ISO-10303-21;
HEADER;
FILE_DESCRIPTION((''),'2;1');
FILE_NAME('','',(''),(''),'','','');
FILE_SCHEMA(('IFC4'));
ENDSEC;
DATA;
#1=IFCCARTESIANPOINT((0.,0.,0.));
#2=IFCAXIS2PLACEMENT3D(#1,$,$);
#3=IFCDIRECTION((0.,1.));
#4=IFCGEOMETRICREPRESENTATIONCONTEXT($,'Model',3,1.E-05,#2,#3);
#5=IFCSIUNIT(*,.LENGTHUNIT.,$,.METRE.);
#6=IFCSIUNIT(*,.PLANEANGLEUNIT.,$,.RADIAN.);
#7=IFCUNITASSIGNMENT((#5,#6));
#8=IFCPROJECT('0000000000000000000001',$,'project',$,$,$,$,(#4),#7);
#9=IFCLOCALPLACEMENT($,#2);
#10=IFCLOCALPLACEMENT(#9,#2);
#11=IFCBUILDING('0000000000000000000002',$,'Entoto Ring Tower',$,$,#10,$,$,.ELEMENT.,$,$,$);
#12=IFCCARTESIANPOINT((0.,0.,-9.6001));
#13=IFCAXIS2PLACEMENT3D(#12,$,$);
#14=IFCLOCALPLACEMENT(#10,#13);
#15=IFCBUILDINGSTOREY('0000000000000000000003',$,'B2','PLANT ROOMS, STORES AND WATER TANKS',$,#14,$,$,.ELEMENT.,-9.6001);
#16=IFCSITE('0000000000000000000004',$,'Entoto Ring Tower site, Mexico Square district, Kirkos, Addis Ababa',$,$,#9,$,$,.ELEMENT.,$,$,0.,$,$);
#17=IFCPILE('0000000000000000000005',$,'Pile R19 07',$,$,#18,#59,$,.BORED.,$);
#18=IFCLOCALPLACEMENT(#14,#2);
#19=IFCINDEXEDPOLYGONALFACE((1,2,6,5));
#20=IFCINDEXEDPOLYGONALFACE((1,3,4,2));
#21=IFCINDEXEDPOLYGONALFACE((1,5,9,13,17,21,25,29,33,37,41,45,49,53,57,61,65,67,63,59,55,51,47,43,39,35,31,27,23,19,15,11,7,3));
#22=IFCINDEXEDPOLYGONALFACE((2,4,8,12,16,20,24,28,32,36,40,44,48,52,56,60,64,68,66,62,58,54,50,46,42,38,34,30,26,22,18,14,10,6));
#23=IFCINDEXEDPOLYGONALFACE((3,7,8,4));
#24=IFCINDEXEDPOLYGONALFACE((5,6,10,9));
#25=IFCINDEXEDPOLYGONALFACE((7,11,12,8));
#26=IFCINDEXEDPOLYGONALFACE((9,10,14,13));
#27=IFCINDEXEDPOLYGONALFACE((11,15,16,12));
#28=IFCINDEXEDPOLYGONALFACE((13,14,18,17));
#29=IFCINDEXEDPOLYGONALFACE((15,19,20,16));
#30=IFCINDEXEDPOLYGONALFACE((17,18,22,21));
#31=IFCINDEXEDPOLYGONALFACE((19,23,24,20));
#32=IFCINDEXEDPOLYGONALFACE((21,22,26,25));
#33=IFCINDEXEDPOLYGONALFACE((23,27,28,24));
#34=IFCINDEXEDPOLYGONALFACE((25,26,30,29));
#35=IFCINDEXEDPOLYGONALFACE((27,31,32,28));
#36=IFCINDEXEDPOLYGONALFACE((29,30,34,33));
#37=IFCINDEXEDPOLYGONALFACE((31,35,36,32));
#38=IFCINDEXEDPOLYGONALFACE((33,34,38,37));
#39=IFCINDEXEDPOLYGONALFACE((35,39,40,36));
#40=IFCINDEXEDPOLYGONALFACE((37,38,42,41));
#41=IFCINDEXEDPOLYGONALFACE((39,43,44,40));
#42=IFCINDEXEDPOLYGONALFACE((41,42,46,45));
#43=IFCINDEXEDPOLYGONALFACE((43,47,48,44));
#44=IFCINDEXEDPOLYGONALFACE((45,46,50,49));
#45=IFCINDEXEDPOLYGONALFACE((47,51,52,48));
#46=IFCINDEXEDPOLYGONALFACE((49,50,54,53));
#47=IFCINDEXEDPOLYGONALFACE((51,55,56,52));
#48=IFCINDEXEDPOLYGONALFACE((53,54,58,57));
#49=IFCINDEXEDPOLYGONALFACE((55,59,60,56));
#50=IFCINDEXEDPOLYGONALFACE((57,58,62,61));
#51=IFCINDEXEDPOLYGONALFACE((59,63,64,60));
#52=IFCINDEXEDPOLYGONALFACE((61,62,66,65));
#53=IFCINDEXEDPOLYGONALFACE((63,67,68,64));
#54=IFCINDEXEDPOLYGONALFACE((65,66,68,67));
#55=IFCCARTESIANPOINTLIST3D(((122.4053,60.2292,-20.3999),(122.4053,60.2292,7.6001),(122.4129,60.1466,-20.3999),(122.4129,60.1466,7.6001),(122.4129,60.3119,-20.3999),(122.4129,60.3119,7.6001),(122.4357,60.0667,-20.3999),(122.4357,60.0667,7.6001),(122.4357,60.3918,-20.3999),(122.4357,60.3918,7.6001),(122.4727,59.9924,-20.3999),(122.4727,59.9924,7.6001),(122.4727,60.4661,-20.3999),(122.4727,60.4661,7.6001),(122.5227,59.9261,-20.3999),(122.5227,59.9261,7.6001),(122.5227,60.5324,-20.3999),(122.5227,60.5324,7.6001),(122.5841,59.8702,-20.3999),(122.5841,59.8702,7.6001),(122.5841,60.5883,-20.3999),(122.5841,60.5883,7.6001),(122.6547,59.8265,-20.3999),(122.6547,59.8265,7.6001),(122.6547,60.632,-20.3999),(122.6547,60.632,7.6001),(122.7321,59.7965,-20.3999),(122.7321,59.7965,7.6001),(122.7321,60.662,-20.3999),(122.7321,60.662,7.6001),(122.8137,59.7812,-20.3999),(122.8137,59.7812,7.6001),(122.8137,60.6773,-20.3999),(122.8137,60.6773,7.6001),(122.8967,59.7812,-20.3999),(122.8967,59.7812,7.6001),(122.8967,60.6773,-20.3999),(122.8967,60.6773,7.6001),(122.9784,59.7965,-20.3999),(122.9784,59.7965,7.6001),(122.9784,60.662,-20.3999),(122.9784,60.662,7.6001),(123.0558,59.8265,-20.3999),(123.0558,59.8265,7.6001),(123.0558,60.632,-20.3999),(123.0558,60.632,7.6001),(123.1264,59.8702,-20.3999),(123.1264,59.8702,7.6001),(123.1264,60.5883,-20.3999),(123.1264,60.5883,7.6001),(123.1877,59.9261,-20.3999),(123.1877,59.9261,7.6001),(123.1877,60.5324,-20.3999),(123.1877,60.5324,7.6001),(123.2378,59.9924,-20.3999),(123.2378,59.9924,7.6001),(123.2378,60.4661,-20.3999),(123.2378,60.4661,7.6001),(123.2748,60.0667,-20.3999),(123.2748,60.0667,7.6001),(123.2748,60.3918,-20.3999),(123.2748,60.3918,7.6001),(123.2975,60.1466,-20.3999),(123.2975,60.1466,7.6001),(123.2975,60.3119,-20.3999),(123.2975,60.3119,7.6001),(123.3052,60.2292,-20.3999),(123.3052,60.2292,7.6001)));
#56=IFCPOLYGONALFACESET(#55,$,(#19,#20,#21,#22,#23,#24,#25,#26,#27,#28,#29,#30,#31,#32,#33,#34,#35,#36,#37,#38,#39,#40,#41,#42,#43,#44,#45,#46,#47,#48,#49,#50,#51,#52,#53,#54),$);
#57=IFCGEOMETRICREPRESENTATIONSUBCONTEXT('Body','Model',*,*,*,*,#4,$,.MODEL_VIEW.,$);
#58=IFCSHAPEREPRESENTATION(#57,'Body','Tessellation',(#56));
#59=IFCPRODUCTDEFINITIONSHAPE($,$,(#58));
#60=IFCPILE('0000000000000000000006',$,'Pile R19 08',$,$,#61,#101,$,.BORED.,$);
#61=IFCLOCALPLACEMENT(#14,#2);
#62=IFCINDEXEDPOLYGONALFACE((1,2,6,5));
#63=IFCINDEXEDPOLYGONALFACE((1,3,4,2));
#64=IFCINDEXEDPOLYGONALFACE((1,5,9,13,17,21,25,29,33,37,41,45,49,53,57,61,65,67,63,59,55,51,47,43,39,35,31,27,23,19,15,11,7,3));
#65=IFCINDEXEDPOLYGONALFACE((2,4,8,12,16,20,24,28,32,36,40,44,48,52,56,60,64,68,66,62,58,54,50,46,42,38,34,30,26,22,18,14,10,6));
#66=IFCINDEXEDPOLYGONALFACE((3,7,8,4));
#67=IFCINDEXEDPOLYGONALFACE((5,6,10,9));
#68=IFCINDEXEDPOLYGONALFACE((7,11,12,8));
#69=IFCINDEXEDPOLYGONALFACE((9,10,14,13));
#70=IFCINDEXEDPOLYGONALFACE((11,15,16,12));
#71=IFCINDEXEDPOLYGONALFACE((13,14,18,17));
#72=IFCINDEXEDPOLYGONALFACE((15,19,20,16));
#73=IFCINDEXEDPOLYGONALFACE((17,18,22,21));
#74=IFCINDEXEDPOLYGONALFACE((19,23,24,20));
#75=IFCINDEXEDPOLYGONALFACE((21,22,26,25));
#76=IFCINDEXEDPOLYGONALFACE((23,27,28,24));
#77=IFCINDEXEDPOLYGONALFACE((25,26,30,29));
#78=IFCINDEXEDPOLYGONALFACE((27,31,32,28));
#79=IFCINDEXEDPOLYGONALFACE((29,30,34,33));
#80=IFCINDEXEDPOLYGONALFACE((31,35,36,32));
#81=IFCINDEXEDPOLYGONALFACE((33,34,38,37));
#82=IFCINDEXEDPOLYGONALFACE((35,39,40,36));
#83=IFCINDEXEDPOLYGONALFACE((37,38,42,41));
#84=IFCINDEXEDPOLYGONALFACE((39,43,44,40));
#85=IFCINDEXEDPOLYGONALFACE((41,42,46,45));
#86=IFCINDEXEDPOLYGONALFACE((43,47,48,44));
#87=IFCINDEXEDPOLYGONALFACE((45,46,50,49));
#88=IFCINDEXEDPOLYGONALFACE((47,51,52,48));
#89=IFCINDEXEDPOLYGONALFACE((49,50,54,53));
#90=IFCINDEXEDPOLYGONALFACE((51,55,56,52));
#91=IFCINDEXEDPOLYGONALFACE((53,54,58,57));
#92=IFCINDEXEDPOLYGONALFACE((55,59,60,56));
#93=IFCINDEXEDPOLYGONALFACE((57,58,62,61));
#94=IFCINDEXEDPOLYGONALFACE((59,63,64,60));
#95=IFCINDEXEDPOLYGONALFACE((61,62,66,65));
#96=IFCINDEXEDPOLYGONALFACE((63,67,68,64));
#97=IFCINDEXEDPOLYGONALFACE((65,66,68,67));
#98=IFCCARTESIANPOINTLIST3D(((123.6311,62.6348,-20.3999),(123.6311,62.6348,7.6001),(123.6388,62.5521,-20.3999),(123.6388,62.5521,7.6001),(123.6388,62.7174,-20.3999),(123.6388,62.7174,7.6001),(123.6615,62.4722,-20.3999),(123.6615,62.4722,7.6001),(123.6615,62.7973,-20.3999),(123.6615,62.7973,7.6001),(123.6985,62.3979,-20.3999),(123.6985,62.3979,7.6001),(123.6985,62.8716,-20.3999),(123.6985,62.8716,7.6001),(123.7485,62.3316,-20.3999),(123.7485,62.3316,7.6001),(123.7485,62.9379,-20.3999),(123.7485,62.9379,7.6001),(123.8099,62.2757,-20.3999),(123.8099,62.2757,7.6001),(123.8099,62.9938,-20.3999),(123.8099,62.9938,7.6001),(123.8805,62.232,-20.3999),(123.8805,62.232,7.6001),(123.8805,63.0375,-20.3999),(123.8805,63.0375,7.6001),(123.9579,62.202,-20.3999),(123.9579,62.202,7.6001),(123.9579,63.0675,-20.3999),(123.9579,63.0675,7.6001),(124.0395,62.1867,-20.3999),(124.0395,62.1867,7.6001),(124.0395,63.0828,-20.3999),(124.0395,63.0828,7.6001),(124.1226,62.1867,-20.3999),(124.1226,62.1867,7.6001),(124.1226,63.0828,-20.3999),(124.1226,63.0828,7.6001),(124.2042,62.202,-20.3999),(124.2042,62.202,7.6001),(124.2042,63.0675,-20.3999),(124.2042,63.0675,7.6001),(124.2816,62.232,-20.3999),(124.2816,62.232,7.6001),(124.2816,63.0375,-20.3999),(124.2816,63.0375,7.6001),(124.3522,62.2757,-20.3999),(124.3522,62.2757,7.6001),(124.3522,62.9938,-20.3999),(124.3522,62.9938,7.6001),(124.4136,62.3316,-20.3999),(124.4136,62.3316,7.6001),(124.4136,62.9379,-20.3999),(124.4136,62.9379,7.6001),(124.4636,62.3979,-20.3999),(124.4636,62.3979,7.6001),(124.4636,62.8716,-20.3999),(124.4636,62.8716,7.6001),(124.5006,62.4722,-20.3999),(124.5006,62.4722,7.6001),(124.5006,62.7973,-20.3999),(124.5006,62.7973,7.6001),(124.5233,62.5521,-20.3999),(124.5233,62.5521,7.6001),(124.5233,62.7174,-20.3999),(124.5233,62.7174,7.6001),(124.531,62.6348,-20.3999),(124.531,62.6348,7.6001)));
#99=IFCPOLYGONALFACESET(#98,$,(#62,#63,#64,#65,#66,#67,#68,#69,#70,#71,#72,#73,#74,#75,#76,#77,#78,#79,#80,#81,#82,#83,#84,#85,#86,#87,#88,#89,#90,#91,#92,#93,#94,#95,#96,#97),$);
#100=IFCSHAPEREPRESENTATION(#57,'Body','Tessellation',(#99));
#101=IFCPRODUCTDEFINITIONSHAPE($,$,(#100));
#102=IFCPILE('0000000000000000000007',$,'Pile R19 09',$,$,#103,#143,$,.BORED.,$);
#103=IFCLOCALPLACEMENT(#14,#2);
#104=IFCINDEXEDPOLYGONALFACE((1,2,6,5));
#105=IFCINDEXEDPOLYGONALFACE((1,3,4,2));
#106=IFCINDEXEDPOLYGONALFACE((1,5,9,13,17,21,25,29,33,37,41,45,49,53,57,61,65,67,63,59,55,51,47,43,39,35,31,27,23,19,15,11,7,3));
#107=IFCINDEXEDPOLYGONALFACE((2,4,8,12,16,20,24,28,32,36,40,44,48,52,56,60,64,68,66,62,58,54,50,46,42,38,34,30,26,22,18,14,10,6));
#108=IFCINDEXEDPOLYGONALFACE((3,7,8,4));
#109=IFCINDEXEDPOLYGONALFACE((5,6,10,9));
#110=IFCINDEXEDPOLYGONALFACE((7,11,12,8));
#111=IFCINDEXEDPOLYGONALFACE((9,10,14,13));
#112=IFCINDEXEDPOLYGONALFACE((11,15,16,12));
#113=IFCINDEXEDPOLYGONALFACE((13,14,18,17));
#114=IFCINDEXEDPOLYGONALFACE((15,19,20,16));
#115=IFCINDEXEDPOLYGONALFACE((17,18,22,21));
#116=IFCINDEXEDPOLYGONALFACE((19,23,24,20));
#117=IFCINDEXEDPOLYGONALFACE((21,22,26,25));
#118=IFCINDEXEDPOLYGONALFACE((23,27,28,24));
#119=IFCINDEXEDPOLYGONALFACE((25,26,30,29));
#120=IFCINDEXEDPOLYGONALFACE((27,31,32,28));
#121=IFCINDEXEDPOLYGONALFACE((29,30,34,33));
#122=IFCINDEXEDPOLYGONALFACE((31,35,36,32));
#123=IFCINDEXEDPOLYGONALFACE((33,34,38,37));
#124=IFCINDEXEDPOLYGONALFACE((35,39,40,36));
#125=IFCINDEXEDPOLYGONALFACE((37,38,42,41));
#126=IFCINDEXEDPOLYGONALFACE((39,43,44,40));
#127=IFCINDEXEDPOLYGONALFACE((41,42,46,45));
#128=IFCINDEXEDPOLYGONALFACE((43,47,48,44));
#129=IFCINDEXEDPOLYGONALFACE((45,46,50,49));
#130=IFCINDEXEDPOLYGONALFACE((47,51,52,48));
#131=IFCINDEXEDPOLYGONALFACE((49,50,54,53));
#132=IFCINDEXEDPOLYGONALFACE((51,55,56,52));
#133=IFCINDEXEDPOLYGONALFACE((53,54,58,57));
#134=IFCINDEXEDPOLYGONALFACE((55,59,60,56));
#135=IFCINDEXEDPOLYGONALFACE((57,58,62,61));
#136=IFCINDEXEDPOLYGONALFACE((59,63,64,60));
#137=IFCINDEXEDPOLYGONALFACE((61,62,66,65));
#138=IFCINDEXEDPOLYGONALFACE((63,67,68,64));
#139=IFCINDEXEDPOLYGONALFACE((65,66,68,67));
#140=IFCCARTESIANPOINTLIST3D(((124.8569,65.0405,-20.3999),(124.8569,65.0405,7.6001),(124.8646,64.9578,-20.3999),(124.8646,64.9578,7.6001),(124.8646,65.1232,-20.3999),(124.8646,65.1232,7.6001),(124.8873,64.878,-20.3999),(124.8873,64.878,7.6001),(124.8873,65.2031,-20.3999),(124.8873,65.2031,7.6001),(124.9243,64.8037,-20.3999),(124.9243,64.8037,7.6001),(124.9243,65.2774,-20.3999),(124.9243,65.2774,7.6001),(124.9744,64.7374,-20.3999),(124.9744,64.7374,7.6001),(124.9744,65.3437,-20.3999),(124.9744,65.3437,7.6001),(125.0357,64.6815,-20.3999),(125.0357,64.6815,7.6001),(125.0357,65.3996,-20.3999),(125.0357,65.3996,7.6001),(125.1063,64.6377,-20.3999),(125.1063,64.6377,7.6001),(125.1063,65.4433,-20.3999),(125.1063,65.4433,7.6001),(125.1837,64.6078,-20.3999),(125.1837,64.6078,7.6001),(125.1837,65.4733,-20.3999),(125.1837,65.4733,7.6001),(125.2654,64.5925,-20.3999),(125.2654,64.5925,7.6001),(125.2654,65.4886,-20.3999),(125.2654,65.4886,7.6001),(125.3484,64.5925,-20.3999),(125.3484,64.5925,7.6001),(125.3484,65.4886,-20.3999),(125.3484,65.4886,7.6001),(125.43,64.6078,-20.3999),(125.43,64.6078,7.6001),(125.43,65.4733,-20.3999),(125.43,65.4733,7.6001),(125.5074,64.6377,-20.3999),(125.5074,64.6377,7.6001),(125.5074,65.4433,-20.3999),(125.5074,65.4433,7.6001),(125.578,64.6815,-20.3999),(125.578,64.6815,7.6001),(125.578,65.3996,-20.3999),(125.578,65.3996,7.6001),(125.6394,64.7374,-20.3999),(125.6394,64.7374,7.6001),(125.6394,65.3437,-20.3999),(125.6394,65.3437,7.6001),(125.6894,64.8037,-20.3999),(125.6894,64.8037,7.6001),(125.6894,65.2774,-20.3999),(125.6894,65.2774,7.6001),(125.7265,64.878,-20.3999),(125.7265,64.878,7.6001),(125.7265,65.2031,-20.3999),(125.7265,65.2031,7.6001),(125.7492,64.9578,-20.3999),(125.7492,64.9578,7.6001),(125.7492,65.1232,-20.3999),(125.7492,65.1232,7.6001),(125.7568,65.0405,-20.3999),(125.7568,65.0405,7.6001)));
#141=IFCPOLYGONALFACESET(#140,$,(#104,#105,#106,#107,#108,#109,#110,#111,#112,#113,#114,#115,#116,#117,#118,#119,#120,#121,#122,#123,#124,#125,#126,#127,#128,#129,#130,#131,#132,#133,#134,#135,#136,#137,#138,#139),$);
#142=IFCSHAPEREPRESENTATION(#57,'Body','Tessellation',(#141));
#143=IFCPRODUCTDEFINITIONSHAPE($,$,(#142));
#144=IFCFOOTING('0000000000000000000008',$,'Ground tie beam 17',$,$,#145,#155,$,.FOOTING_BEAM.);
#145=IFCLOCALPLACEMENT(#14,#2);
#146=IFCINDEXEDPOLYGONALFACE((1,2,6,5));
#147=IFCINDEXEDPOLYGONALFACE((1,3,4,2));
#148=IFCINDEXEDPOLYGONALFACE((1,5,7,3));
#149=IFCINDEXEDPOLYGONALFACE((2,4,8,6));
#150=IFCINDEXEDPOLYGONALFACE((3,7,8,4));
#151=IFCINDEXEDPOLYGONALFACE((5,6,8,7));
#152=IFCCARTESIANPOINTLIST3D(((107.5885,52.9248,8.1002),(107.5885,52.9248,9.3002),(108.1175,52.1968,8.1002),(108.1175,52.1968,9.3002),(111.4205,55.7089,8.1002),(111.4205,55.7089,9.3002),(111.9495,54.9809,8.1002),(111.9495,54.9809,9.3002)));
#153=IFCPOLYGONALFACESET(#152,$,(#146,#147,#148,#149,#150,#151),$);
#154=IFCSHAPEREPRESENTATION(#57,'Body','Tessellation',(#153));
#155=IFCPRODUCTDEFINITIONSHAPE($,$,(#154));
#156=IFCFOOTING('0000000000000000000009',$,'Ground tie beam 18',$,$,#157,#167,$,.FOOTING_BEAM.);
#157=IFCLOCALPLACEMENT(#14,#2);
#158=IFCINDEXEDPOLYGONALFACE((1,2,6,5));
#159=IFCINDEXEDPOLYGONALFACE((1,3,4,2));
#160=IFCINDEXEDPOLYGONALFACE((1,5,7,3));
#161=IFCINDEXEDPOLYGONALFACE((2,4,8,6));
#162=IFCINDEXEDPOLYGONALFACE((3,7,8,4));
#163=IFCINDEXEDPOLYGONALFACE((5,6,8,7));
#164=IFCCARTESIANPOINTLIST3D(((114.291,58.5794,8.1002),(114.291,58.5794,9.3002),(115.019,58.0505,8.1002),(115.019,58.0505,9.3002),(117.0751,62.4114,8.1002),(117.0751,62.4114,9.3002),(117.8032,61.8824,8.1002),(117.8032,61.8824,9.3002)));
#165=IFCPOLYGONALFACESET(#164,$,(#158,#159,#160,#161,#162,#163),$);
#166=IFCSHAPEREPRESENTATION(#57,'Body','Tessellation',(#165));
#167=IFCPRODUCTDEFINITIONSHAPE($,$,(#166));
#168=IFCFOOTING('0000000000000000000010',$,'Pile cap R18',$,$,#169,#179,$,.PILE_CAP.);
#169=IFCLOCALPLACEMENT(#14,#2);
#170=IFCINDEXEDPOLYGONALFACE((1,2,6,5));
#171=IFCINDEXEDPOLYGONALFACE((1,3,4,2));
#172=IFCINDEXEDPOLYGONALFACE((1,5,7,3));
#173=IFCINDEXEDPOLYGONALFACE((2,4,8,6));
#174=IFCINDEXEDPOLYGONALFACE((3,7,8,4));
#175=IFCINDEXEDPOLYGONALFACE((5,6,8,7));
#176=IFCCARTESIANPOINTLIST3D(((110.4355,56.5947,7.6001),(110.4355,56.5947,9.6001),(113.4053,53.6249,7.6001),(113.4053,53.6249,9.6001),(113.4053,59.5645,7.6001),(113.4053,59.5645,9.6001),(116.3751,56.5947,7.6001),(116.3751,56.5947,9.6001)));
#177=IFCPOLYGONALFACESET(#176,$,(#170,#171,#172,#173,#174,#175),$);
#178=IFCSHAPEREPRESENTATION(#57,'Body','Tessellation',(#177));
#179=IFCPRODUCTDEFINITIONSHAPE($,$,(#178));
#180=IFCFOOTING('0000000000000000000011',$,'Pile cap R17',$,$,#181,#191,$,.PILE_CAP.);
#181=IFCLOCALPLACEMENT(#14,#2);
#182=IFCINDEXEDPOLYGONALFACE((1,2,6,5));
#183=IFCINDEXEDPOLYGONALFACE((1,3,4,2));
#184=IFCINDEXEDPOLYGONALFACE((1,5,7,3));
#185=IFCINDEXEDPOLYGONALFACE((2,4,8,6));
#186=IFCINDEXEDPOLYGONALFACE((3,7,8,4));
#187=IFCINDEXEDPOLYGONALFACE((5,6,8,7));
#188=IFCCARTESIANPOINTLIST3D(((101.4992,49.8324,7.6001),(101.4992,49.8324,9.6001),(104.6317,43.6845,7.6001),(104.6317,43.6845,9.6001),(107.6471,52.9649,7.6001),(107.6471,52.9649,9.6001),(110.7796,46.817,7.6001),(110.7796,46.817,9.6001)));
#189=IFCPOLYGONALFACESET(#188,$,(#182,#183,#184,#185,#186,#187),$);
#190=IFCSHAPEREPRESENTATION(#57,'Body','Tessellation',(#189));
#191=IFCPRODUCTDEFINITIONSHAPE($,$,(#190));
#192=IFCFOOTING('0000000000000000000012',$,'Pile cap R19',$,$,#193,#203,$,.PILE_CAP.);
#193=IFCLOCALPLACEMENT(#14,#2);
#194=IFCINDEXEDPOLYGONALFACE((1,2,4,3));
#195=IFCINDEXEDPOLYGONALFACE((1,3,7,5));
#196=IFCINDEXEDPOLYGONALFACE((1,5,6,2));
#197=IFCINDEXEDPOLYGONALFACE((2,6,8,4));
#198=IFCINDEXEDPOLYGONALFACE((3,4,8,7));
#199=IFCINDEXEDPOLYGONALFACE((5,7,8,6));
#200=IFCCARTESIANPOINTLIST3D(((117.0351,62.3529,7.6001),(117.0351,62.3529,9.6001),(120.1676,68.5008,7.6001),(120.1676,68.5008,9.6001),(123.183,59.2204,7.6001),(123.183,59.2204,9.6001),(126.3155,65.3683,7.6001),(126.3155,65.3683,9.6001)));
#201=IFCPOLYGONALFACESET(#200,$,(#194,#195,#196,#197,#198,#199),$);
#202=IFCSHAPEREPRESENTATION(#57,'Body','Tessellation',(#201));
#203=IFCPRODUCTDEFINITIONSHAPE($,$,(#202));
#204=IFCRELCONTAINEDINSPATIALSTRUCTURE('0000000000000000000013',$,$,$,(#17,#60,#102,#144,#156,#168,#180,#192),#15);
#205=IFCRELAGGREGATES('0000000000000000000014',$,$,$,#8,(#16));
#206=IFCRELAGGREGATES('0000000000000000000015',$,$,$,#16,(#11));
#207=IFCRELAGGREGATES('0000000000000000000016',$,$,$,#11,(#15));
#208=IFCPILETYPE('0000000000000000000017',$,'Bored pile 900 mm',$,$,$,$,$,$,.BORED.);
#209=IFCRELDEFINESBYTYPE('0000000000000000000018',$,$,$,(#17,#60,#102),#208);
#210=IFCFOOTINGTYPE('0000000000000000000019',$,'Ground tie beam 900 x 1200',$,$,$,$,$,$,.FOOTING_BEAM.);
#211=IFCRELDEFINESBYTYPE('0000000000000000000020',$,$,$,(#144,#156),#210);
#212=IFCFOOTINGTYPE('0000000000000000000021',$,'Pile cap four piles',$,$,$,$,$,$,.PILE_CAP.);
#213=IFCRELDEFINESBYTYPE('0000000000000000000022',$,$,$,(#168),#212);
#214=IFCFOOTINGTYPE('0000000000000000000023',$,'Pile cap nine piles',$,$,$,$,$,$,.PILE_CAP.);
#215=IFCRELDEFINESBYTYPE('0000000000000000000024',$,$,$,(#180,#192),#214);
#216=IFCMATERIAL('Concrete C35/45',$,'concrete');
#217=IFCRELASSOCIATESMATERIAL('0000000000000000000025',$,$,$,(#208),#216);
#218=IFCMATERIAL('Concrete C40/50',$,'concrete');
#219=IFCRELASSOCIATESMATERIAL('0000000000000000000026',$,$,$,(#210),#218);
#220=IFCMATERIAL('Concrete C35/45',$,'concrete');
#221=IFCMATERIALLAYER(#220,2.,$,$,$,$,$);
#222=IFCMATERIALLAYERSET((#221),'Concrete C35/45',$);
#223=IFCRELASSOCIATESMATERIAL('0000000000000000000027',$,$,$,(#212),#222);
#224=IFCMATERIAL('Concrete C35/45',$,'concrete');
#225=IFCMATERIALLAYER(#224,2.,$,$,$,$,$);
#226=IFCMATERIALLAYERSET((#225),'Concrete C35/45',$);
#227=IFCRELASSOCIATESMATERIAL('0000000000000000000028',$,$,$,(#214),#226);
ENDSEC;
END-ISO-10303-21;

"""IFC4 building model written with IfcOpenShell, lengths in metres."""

from ifc_helpers import new_model, si_unit, direction, frame, origin, origin_2d, place, context, subcontext, project, spatial, rectangle, circle, extrude, material, layer, layer_set, material_profile, profile_set, type_object, element, save


model = new_model("IFC4")

# Units and contexts
model_context = context("Model", 3, precision=1e-05, world=origin(), true_north=direction((0.0, 1.0)))
body_context = subcontext(model_context, "Body", "Model", "MODEL_VIEW")
ifc_project = project(units=[si_unit("LENGTHUNIT", "METRE"), si_unit("PLANEANGLEUNIT", "RADIAN")], contexts=[model_context])

# Site, building, storey
site_placement = place(None, origin())
site = spatial("IfcSite", under=ifc_project, at=site_placement, Name="Entoto Ring Tower site, Mexico Square district, Kirkos, Addis Ababa", CompositionType="ELEMENT", RefElevation=0.0)
building_placement = place(site_placement, origin())
building = spatial("IfcBuilding", under=site, at=building_placement, Name="Entoto Ring Tower", CompositionType="ELEMENT")
storey_placement = place(building_placement, frame((0.0, 0.0, -9.6001)))
storey = spatial("IfcBuildingStorey", under=building, at=storey_placement, Name="B2", Description="PLANT ROOMS, STORES AND WATER TANKS", CompositionType="ELEMENT", Elevation=-9.6001)

# Piles
ifc_material_1 = material(Name="Concrete C35/45", Category="concrete")
ifc_material_profile_1 = material_profile(ifc_material_1, circle(Radius=0.45, at=origin_2d()), Name="Bored pile 900 mm")
ifc_profile_set_1 = profile_set([ifc_material_profile_1], Name="Concrete C35/45")
pile_type = type_object("IfcPileType", Name="Bored pile 900 mm", PredefinedType="BORED", material=ifc_profile_set_1)
for number, where, z_axis, x_axis, name in (
    (1, (122.8552, 60.2292, 7.6001), (0.0, 0.0, -1.0), (1.0, 0.0, 0.0), "Pile R19 07"),
    (2, (124.0811, 62.6348, 7.6001), (0.0, 0.0, -1.0), (1.0, 0.0, 0.0), "Pile R19 08"),
    (3, (125.3069, 65.0405, 7.6001), (0.0, 0.0, -1.0), (1.0, 0.0, 0.0), "Pile R19 09"),
):
    element("IfcPile", number, at=place(storey_placement, frame(where, z_axis=z_axis, x_axis=x_axis)), inside=storey, type_object=pile_type, Name=name, PredefinedType="BORED", context=body_context, shape_type="SweptSolid", body=[
        extrude(circle(Radius=0.45, at=origin_2d()), origin(), (0.0, 0.0, 1.0), 28.0),
    ])

# Footings
ifc_material_2 = material(Name="Concrete C40/50", Category="concrete")
ifc_material_profile_2 = material_profile(ifc_material_2, rectangle(XDim=0.8999, YDim=1.2, at=origin_2d()), Name="Ground tie beam 900 x 1200")
ifc_profile_set_2 = profile_set([ifc_material_profile_2], Name="Concrete C40/50")
footing_type_1 = type_object("IfcFootingType", Name="Ground tie beam 900 x 1200", PredefinedType="FOOTING_BEAM", material=ifc_profile_set_2)
for number, where, z_axis, x_axis, name in (
    (4, (107.853, 52.5608, 8.7002), (0.809012, 0.587792, 0.0), (-0.587792, 0.809012, 0.0), "Ground tie beam 17"),
    (5, (114.655, 58.3149, 8.7002), (0.587792, 0.809012, 0.0), (-0.809012, 0.587792, 0.0), "Ground tie beam 18"),
):
    element("IfcFooting", number, at=place(storey_placement, frame(where, z_axis=z_axis, x_axis=x_axis)), inside=storey, type_object=footing_type_1, Name=name, PredefinedType="FOOTING_BEAM", context=body_context, shape_type="SweptSolid", body=[
        extrude(rectangle(XDim=0.8999, YDim=1.2, at=origin_2d()), origin(), (0.0, 0.0, 1.0), 4.7366),
    ])
ifc_material_3 = material(Name="Concrete C35/45", Category="concrete")
ifc_layer_1 = layer(ifc_material_3, 2.0)
ifc_layer_set_1 = layer_set([ifc_layer_1], Name="Concrete C35/45")
footing_type_2 = type_object("IfcFootingType", Name="Pile cap four piles", PredefinedType="PILE_CAP", material=ifc_layer_set_1)
footing_placement = place(storey_placement, frame((113.4053, 56.5947, 7.6001), z_axis=(0.0, 0.0, 1.0), x_axis=(0.707107, -0.707107, 0.0)))
element("IfcFooting", 6, at=footing_placement, inside=storey, type_object=footing_type_2, Name="Pile cap R18", PredefinedType="PILE_CAP", context=body_context, shape_type="SweptSolid", body=[
    extrude(rectangle(XDim=4.2, YDim=4.2, at=origin_2d()), origin(), (0.0, 0.0, 1.0), 2.0),
])
ifc_material_4 = material(Name="Concrete C35/45", Category="concrete")
ifc_layer_2 = layer(ifc_material_4, 2.0)
ifc_layer_set_2 = layer_set([ifc_layer_2], Name="Concrete C35/45")
footing_type_3 = type_object("IfcFootingType", Name="Pile cap nine piles", PredefinedType="PILE_CAP", material=ifc_layer_set_2)
for number, where, z_axis, x_axis, name in (
    (7, (106.1394, 48.3247, 7.6001), (0.0, 0.0, 1.0), (0.45399, -0.891007, 0.0), "Pile cap R17"),
    (8, (121.6753, 63.8606, 7.6001), (0.0, 0.0, 1.0), (0.891007, -0.45399, 0.0), "Pile cap R19"),
):
    element("IfcFooting", number, at=place(storey_placement, frame(where, z_axis=z_axis, x_axis=x_axis)), inside=storey, type_object=footing_type_3, Name=name, PredefinedType="PILE_CAP", context=body_context, shape_type="SweptSolid", body=[
        extrude(rectangle(XDim=6.8999, YDim=6.8999, at=origin_2d()), origin(), (0.0, 0.0, 1.0), 2.0),
    ])

save(model, "model.ifc")
